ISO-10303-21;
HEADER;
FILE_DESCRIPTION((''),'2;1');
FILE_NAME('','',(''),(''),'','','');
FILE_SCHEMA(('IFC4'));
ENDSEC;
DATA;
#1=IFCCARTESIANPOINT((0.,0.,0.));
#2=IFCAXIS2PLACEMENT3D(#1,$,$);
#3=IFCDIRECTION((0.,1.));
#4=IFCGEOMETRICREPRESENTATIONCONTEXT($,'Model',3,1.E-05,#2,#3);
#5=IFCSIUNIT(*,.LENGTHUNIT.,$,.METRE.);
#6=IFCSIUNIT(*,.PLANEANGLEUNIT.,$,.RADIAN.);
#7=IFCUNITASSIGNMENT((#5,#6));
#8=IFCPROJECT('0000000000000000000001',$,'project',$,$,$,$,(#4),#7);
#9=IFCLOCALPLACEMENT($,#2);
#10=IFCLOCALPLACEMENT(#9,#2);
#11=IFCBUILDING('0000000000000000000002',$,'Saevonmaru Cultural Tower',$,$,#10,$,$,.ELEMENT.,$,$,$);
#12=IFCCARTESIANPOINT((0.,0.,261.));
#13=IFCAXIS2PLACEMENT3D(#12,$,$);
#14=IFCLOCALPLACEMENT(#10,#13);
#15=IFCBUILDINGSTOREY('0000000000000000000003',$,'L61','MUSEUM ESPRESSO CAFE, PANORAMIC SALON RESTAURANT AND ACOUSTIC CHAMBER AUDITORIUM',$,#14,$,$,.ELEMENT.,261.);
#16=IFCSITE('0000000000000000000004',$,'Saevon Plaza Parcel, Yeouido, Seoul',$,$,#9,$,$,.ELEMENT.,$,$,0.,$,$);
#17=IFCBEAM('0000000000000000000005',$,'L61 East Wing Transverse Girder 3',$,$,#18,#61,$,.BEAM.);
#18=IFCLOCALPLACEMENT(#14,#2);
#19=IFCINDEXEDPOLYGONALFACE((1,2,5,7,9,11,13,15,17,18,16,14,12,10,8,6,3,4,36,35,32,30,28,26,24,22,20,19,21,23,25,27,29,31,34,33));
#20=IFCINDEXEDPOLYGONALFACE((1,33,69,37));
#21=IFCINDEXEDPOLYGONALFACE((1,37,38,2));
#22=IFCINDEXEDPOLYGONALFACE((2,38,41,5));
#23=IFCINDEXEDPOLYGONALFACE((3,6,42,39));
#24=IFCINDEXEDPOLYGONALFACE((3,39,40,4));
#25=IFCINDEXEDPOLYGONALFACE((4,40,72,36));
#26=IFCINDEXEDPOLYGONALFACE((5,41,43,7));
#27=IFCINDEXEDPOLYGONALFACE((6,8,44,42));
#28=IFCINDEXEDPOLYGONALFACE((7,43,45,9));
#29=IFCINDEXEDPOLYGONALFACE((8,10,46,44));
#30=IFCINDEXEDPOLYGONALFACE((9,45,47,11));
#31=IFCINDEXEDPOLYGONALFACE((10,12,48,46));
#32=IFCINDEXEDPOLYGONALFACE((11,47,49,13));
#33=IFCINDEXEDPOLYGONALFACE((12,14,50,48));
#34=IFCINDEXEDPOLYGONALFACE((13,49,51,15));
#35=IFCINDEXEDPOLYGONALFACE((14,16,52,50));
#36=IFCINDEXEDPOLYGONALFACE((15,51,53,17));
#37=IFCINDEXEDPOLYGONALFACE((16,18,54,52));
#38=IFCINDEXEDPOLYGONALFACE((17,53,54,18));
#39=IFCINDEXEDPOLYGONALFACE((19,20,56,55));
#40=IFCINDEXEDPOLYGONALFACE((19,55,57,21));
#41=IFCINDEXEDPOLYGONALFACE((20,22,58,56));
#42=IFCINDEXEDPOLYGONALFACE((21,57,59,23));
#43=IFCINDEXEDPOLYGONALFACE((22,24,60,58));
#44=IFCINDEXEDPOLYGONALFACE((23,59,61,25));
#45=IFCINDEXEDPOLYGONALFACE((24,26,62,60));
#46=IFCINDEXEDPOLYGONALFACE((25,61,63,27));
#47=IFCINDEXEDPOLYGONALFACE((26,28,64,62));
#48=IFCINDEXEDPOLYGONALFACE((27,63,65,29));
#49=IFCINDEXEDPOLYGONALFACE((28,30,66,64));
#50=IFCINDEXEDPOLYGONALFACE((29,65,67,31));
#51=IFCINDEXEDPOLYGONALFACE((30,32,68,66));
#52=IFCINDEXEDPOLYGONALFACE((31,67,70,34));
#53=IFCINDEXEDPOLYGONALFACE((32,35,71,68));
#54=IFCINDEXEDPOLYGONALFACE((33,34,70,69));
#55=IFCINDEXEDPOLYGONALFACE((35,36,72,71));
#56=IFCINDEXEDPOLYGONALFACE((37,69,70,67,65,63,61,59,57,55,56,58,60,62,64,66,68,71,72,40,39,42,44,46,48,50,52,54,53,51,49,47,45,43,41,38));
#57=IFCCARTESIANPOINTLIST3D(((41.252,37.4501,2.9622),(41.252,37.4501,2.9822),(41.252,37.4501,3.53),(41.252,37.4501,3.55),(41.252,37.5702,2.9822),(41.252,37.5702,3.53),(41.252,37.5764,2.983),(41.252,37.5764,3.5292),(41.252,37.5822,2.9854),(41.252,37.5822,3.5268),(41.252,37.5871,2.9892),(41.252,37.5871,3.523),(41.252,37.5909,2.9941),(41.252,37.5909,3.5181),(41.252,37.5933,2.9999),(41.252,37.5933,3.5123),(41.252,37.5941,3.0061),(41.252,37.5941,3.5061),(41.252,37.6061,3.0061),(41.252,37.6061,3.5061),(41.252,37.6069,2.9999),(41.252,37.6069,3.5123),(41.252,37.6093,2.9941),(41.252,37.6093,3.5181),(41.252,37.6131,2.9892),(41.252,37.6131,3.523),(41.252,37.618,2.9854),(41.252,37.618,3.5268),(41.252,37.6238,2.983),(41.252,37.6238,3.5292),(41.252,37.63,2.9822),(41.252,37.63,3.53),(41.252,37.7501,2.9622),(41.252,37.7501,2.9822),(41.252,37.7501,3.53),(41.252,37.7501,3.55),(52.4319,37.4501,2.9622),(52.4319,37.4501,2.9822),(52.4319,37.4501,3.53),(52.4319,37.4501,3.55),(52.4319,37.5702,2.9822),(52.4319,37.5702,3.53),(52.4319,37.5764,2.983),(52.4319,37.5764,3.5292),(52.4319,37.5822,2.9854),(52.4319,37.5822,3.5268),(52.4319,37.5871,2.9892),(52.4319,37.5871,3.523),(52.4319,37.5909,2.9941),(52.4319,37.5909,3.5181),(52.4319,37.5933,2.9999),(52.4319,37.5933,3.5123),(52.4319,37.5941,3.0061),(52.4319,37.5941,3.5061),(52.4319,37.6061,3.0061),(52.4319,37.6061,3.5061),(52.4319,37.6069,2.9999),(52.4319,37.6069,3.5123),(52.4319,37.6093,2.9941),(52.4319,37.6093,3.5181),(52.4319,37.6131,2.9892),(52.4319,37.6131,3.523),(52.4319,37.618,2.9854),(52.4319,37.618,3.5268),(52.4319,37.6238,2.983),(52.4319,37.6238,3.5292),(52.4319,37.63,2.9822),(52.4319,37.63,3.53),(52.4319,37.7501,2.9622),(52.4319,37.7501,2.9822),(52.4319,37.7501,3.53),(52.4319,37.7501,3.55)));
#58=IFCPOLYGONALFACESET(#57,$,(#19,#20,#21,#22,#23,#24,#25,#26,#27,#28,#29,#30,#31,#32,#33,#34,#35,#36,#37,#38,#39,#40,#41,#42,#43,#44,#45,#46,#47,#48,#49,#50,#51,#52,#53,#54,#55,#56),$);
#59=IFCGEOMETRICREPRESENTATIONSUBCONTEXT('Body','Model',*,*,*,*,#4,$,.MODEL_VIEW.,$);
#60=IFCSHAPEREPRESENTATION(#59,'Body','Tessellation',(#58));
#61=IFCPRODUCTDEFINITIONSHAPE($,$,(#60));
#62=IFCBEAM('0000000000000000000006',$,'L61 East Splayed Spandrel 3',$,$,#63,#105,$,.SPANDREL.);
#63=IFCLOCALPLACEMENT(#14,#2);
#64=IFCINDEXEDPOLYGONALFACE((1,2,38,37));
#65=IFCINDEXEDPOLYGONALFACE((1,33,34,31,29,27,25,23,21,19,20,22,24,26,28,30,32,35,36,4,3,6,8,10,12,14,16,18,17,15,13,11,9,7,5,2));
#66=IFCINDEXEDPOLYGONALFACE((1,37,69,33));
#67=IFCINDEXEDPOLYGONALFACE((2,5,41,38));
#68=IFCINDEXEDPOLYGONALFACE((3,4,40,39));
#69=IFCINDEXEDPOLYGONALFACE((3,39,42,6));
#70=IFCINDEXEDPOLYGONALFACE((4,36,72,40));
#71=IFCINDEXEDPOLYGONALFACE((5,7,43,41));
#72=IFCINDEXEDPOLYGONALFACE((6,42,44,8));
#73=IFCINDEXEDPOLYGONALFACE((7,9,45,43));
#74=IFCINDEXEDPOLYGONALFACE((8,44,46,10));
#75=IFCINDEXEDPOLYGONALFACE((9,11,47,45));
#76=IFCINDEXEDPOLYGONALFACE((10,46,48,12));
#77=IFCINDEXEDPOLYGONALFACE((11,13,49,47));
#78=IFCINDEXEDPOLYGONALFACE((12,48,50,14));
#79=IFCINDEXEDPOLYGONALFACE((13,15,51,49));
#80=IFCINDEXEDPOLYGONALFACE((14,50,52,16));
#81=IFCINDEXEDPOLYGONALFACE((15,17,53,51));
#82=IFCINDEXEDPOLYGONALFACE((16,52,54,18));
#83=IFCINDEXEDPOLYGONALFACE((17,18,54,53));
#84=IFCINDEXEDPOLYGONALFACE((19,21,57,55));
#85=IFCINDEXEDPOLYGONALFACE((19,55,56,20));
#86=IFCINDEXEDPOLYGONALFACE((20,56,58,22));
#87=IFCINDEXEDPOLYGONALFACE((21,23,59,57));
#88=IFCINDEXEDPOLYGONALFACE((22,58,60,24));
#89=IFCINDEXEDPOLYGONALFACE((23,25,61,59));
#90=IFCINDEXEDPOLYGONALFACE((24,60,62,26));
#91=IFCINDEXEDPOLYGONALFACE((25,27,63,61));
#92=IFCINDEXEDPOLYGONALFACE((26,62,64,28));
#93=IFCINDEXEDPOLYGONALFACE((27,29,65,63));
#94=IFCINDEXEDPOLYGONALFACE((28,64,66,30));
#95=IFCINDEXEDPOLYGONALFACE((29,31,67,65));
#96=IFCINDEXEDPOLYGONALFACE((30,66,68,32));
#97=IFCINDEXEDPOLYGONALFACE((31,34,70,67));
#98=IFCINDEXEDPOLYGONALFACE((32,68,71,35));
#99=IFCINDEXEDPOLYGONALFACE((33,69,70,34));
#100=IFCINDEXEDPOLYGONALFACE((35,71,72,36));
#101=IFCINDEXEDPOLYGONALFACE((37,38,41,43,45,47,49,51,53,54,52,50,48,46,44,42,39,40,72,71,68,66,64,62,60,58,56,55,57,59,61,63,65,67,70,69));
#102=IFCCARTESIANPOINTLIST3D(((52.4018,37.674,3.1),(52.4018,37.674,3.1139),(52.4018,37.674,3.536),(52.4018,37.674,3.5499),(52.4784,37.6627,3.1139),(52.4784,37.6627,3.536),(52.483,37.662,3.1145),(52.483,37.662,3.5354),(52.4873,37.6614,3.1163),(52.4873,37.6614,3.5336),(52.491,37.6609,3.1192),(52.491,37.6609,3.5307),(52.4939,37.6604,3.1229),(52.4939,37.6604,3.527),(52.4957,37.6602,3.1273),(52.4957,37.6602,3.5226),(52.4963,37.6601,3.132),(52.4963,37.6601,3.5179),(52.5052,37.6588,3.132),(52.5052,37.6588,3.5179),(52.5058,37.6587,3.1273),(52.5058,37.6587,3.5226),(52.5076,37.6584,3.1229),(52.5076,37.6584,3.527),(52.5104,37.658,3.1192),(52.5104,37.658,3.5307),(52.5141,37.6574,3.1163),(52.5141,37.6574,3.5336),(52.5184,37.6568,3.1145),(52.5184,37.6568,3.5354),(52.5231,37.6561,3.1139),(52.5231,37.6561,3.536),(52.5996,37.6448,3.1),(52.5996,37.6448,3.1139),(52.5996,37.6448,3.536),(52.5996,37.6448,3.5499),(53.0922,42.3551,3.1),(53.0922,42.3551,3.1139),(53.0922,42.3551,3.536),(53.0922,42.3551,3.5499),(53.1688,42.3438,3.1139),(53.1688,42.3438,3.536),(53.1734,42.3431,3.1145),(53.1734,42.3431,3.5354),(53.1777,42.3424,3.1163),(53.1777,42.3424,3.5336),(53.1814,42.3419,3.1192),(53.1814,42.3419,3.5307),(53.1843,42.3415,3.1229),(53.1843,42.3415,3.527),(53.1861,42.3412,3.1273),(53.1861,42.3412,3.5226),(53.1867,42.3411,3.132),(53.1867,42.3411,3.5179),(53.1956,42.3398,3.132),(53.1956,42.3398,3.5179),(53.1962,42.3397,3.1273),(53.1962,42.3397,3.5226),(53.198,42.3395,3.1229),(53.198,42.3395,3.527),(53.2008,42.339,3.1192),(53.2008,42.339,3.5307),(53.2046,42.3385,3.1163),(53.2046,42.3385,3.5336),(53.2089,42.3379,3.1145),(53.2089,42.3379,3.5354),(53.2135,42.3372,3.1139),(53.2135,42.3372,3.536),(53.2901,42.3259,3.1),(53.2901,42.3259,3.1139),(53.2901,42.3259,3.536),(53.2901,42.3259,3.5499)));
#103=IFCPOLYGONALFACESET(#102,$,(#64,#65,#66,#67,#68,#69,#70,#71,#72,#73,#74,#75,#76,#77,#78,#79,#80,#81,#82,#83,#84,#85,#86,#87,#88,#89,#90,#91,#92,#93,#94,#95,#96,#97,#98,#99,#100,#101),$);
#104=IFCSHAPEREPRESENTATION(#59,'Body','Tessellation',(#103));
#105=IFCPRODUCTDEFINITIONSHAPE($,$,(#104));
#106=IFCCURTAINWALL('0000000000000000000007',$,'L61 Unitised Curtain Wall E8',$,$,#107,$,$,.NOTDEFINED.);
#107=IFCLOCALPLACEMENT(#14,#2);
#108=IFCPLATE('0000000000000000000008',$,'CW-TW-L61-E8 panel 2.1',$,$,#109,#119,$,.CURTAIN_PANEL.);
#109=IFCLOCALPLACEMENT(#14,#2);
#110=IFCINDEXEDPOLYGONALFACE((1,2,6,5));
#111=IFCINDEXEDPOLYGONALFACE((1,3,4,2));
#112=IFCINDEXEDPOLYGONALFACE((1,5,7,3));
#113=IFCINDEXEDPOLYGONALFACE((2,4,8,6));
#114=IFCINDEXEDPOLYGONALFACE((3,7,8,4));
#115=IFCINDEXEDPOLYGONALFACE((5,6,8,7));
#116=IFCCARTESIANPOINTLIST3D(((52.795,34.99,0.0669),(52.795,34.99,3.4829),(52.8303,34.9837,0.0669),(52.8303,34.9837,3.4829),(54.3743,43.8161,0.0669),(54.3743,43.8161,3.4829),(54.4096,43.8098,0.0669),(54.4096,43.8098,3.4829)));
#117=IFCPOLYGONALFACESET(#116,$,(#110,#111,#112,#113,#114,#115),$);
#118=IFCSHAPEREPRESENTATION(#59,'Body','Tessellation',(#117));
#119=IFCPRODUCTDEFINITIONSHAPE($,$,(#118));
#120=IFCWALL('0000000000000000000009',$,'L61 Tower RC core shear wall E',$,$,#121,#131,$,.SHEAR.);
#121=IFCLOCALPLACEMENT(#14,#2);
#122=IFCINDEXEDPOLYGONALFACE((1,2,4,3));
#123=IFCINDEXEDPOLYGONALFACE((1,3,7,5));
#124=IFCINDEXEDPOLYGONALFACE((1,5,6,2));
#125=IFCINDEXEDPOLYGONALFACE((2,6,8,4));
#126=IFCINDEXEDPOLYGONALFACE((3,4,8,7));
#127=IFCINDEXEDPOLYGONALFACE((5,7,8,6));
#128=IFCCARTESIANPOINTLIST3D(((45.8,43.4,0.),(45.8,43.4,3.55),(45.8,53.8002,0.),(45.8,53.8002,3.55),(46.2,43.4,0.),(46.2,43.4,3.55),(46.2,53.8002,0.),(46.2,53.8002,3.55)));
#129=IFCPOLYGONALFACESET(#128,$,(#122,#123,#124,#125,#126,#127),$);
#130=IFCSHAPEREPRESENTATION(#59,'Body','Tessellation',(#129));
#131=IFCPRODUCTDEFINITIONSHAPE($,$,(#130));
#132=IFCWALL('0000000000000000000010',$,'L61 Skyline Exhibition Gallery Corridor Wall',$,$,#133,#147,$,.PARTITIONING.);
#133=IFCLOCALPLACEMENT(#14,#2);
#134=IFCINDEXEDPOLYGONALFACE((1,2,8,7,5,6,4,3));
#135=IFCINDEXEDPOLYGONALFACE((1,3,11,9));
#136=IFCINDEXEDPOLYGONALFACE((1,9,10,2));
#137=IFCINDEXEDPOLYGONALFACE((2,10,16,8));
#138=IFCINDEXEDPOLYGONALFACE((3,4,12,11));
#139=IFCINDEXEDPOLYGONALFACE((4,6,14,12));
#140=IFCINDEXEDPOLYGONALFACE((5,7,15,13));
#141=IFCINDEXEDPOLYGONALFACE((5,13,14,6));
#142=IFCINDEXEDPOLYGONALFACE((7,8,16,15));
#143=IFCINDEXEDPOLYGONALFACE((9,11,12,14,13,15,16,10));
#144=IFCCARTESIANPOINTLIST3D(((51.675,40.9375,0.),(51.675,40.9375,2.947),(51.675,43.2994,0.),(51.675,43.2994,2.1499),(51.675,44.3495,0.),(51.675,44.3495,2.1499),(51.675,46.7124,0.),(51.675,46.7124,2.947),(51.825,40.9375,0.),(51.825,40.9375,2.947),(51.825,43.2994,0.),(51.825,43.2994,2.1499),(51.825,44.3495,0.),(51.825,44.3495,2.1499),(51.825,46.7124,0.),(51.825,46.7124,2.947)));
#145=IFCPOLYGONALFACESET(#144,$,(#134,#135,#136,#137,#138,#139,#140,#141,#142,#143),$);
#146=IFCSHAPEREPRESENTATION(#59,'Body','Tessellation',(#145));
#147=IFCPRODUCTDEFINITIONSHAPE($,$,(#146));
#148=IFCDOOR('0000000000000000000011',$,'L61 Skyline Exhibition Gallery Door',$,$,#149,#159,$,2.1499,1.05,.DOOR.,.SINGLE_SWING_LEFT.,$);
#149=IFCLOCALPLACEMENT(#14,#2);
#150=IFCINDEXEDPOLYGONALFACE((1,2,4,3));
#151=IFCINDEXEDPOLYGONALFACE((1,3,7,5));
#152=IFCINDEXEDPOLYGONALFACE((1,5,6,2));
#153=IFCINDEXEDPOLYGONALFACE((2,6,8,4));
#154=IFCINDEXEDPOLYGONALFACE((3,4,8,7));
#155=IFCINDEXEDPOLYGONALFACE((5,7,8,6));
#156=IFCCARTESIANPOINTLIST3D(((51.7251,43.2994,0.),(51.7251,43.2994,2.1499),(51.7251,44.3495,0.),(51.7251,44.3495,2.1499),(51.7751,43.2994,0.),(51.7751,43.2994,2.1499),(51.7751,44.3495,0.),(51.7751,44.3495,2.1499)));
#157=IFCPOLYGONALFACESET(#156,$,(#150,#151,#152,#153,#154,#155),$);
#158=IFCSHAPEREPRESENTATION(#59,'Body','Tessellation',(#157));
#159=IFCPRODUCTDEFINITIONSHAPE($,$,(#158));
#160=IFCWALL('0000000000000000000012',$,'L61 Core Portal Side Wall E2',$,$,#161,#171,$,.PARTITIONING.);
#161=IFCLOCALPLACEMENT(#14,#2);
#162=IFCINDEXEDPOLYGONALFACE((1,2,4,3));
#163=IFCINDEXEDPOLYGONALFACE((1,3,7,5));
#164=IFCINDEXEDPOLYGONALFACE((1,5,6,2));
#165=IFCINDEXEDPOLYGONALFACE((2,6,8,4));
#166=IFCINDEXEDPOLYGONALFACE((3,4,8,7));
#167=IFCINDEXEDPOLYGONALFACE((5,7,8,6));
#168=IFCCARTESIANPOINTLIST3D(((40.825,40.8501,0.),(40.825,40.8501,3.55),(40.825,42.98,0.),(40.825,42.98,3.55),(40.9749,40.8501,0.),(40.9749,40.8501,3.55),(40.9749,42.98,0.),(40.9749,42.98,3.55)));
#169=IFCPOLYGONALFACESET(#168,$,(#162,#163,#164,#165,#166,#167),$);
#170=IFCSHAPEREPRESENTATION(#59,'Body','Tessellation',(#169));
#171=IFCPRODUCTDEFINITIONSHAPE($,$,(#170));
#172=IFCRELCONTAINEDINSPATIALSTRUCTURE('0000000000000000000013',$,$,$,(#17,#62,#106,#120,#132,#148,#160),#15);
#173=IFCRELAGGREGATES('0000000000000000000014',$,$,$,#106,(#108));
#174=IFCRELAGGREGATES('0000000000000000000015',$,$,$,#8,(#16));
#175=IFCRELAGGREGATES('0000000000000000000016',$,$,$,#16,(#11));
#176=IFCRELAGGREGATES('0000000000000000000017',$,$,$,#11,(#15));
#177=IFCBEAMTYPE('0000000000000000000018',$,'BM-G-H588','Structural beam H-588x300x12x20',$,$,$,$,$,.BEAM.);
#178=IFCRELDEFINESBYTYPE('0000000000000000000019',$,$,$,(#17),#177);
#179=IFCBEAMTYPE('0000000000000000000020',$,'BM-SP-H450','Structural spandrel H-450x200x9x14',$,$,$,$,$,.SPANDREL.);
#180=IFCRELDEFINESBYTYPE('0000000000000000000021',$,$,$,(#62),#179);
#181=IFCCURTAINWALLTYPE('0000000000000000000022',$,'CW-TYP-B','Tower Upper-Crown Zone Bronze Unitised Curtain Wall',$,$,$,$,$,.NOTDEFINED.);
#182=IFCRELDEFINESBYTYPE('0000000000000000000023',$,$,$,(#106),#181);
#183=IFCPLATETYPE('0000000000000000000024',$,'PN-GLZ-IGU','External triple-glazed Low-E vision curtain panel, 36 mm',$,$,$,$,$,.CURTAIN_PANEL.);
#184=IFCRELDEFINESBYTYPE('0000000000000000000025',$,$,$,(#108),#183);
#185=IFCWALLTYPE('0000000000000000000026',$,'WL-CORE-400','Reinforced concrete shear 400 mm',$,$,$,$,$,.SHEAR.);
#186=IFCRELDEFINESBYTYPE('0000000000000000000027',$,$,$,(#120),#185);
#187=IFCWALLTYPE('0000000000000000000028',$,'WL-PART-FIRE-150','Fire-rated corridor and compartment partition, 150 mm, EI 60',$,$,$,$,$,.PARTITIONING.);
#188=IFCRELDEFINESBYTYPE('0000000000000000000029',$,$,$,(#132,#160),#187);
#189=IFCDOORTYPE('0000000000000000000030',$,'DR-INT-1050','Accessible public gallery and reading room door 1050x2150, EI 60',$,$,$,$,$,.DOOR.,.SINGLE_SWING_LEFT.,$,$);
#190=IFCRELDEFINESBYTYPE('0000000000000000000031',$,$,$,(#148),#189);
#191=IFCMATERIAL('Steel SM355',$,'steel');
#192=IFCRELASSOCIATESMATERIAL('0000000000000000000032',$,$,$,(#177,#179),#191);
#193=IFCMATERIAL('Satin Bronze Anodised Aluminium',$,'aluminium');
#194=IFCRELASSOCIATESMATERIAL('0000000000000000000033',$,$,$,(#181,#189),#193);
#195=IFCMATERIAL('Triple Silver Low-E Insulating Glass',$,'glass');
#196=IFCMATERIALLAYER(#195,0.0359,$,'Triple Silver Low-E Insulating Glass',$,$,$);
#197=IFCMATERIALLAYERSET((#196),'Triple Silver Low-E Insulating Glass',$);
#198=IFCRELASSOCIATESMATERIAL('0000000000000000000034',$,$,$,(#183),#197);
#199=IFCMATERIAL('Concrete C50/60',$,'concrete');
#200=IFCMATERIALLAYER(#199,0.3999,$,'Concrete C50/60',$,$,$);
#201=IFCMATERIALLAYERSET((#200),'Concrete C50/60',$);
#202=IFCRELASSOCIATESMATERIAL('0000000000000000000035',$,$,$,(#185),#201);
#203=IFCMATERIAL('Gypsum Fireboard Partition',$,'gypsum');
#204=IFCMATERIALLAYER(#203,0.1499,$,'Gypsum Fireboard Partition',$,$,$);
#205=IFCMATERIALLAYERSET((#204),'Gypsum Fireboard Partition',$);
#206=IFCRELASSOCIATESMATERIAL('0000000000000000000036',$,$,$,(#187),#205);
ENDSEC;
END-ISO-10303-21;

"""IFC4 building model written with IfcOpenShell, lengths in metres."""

from ifc_helpers import new_model, si_unit, direction, frame, frame_2d, origin, origin_2d, place, context, subcontext, project, spatial, rectangle, i_section, extrude, material, layer, layer_set, material_profile, profile_set, type_object, element, fill, aggregate, save


model = new_model("IFC4")

# Units and contexts
model_context = context("Model", 3, precision=1e-05, world=origin(), true_north=direction((0.0, 1.0)))
body_context = subcontext(model_context, "Body", "Model", "MODEL_VIEW")
ifc_project = project(units=[si_unit("LENGTHUNIT", "METRE"), si_unit("PLANEANGLEUNIT", "RADIAN")], contexts=[model_context])

# Site, building, storey
site_placement = place(None, origin())
site = spatial("IfcSite", under=ifc_project, at=site_placement, Name="Saevon Plaza Parcel, Yeouido, Seoul", CompositionType="ELEMENT", RefElevation=0.0)
building_placement = place(site_placement, origin())
building = spatial("IfcBuilding", under=site, at=building_placement, Name="Saevonmaru Cultural Tower", CompositionType="ELEMENT")
storey_placement = place(building_placement, frame((0.0, 0.0, 261.0)))
storey = spatial("IfcBuildingStorey", under=building, at=storey_placement, Name="L61", Description="MUSEUM ESPRESSO CAFE, PANORAMIC SALON RESTAURANT AND ACOUSTIC CHAMBER AUDITORIUM", CompositionType="ELEMENT", Elevation=261.0)

# Shared definitions
ifc_material_1 = material(Name="Steel SM355", Category="steel")

# Beams
ifc_material_profile_1 = material_profile(ifc_material_1, i_section(OverallWidth=0.3, OverallDepth=0.5879, WebThickness=0.012, FlangeThickness=0.02, FilletRadius=0.0239, at=origin_2d()), Name="H-588x300x12x20")
ifc_profile_set_1 = profile_set([ifc_material_profile_1], Name="Steel SM355")
beam_type_1 = type_object("IfcBeamType", Name="BM-G-H588", Description="Structural beam H-588x300x12x20", PredefinedType="BEAM", material=ifc_profile_set_1)
beam_1_placement = place(storey_placement, frame((41.252, 37.6001, 3.2561), z_axis=(1.0, 0.0, 0.0), x_axis=(0.0, 1.0, 0.0)))
element("IfcBeam", 1, at=beam_1_placement, inside=storey, type_object=beam_type_1, Name="L61 East Wing Transverse Girder 3", PredefinedType="BEAM", context=body_context, shape_type="SweptSolid", body=[
    extrude(i_section(OverallWidth=0.3, OverallDepth=0.5879, WebThickness=0.012, FlangeThickness=0.02, FilletRadius=0.0239, at=origin_2d()), origin(), (0.0, 0.0, 1.0), 11.1799),
])
ifc_material_profile_2 = material_profile(ifc_material_1, i_section(OverallWidth=0.2, OverallDepth=0.45, WebThickness=0.009, FlangeThickness=0.0139, FilletRadius=0.0181, at=origin_2d()), Name="H-450x200x9x14")
ifc_profile_set_2 = profile_set([ifc_material_profile_2], Name="Steel SM355")
beam_type_2 = type_object("IfcBeamType", Name="BM-SP-H450", Description="Structural spandrel H-450x200x9x14", PredefinedType="SPANDREL", material=ifc_profile_set_2)
beam_2_placement = place(storey_placement, frame((52.5007, 37.6594, 3.325), z_axis=(0.145913, 0.989297, 0.0), x_axis=(-0.989297, 0.145913, 0.0)))
element("IfcBeam", 2, at=beam_2_placement, inside=storey, type_object=beam_type_2, Name="L61 East Splayed Spandrel 3", PredefinedType="SPANDREL", context=body_context, shape_type="SweptSolid", body=[
    extrude(i_section(OverallWidth=0.2, OverallDepth=0.45, WebThickness=0.009, FlangeThickness=0.0139, FilletRadius=0.0181, at=origin_2d()), origin(), (0.0, 0.0, 1.0), 4.7317),
])

# Curtain wall, plate
ifc_material_2 = material(Name="Satin Bronze Anodised Aluminium", Category="aluminium")
curtain_wall_type = type_object("IfcCurtainWallType", Name="CW-TYP-B", Description="Tower Upper-Crown Zone Bronze Unitised Curtain Wall", PredefinedType="NOTDEFINED", material=ifc_material_2)
curtain_wall_placement = place(storey_placement, origin())
curtain_wall = element("IfcCurtainWall", 3, at=curtain_wall_placement, inside=storey, type_object=curtain_wall_type, Name="L61 Unitised Curtain Wall E8", PredefinedType="NOTDEFINED")
ifc_material_3 = material(Name="Triple Silver Low-E Insulating Glass", Category="glass")
ifc_layer_1 = layer(ifc_material_3, 0.0359, Name="Triple Silver Low-E Insulating Glass")
ifc_layer_set_1 = layer_set([ifc_layer_1], Name="Triple Silver Low-E Insulating Glass")
plate_type = type_object("IfcPlateType", Name="PN-GLZ-IGU", Description="External triple-glazed Low-E vision curtain panel, 36 mm", PredefinedType="CURTAIN_PANEL", material=ifc_layer_set_1)
plate_placement = place(storey_placement, frame((53.6023, 39.3999, 0.0669), z_axis=(0.0, 0.0, 1.0), x_axis=(0.176141, 0.984365, 0.0)))
plate = element("IfcPlate", 4, at=plate_placement, type_object=plate_type, Name="CW-TW-L61-E8 panel 2.1", PredefinedType="CURTAIN_PANEL", context=body_context, shape_type="SweptSolid", body=[
    extrude(rectangle(XDim=8.9663, YDim=0.0359, at=origin_2d()), origin(), (0.0, 0.0, 1.0), 3.416),
])
aggregate(curtain_wall, [plate])

# Wall
ifc_material_4 = material(Name="Concrete C50/60", Category="concrete")
ifc_layer_2 = layer(ifc_material_4, 0.3999, Name="Concrete C50/60")
ifc_layer_set_2 = layer_set([ifc_layer_2], Name="Concrete C50/60")
wall_type_1 = type_object("IfcWallType", Name="WL-CORE-400", Description="Reinforced concrete shear 400 mm", PredefinedType="SHEAR", material=ifc_layer_set_2)
wall_1_placement = place(storey_placement, frame((46.0, 43.3999, 0.0), z_axis=(0.0, 0.0, 1.0), x_axis=(0.0, 1.0, 0.0)))
element("IfcWall", 5, at=wall_1_placement, inside=storey, type_object=wall_type_1, Name="L61 Tower RC core shear wall E", PredefinedType="SHEAR", context=body_context, shape_type="SweptSolid", body=[
    extrude(rectangle(XDim=10.4001, YDim=0.3999, at=frame_2d((5.2002, 0.0))), origin(), (0.0, 0.0, 1.0), 3.55),
])

# Wall, opening, door
ifc_material_5 = material(Name="Gypsum Fireboard Partition", Category="gypsum")
ifc_layer_3 = layer(ifc_material_5, 0.1499, Name="Gypsum Fireboard Partition")
ifc_layer_set_3 = layer_set([ifc_layer_3], Name="Gypsum Fireboard Partition")
wall_type_2 = type_object("IfcWallType", Name="WL-PART-FIRE-150", Description="Fire-rated corridor and compartment partition, 150 mm, EI 60", PredefinedType="PARTITIONING", material=ifc_layer_set_3)
wall_2_placement = place(storey_placement, frame((51.75, 40.9375, 0.0), z_axis=(0.0, 0.0, 1.0), x_axis=(0.0, 1.0, 0.0)))
wall_2 = element("IfcWall", 6, at=wall_2_placement, inside=storey, type_object=wall_type_2, Name="L61 Skyline Exhibition Gallery Corridor Wall", PredefinedType="PARTITIONING", context=body_context, shape_type="SweptSolid", body=[
    extrude(rectangle(XDim=5.7749, YDim=0.1499, at=frame_2d((2.8875, 0.0))), origin(), (0.0, 0.0, 1.0), 2.947),
])
opening_1_placement = place(wall_2_placement, frame((2.3621, 0.0, 0.0)))
opening_1 = element("IfcOpeningElement", 7, at=opening_1_placement, cuts=wall_2, PredefinedType="OPENING", context=body_context, shape_type="SweptSolid", body=[
    extrude(rectangle(XDim=1.05, YDim=2.1499, at=frame_2d((0.5249, 1.075))), frame((0.0, 0.085, 0.0), z_axis=(0.0, -1.0, 0.0), x_axis=(1.0, 0.0, 0.0)), (0.0, 0.0, 1.0), 0.1699),
])
door_type_1 = type_object("IfcDoorType", Name="DR-INT-1050", Description="Accessible public gallery and reading room door 1050x2150, EI 60", OperationType="SINGLE_SWING_LEFT", PredefinedType="DOOR", material=ifc_material_2)
door_1_placement = place(opening_1_placement, origin())
door_1 = element("IfcDoor", 8, at=door_1_placement, inside=storey, type_object=door_type_1, Name="L61 Skyline Exhibition Gallery Door", OperationType="SINGLE_SWING_LEFT", OverallHeight=2.1499, OverallWidth=1.05, PredefinedType="DOOR", context=body_context, shape_type="SweptSolid", body=[
    extrude(rectangle(XDim=1.05, YDim=2.1499, at=frame_2d((0.5249, 1.075))), frame((0.0, 0.0249, 0.0), z_axis=(0.0, -1.0, 0.0), x_axis=(1.0, 0.0, 0.0)), (0.0, 0.0, 1.0), 0.05),
])
fill(opening_1, door_1)

# Wall
wall_3_placement = place(storey_placement, frame((40.8999, 40.8501, 0.0), z_axis=(0.0, 0.0, 1.0), x_axis=(0.0, 1.0, 0.0)))
element("IfcWall", 9, at=wall_3_placement, inside=storey, type_object=wall_type_2, Name="L61 Core Portal Side Wall E2", PredefinedType="PARTITIONING", context=body_context, shape_type="SweptSolid", body=[
    extrude(rectangle(XDim=2.1299, YDim=0.1499, at=frame_2d((1.0649, 0.0))), origin(), (0.0, 0.0, 1.0), 3.55),
])

save(model, "model.ifc")
